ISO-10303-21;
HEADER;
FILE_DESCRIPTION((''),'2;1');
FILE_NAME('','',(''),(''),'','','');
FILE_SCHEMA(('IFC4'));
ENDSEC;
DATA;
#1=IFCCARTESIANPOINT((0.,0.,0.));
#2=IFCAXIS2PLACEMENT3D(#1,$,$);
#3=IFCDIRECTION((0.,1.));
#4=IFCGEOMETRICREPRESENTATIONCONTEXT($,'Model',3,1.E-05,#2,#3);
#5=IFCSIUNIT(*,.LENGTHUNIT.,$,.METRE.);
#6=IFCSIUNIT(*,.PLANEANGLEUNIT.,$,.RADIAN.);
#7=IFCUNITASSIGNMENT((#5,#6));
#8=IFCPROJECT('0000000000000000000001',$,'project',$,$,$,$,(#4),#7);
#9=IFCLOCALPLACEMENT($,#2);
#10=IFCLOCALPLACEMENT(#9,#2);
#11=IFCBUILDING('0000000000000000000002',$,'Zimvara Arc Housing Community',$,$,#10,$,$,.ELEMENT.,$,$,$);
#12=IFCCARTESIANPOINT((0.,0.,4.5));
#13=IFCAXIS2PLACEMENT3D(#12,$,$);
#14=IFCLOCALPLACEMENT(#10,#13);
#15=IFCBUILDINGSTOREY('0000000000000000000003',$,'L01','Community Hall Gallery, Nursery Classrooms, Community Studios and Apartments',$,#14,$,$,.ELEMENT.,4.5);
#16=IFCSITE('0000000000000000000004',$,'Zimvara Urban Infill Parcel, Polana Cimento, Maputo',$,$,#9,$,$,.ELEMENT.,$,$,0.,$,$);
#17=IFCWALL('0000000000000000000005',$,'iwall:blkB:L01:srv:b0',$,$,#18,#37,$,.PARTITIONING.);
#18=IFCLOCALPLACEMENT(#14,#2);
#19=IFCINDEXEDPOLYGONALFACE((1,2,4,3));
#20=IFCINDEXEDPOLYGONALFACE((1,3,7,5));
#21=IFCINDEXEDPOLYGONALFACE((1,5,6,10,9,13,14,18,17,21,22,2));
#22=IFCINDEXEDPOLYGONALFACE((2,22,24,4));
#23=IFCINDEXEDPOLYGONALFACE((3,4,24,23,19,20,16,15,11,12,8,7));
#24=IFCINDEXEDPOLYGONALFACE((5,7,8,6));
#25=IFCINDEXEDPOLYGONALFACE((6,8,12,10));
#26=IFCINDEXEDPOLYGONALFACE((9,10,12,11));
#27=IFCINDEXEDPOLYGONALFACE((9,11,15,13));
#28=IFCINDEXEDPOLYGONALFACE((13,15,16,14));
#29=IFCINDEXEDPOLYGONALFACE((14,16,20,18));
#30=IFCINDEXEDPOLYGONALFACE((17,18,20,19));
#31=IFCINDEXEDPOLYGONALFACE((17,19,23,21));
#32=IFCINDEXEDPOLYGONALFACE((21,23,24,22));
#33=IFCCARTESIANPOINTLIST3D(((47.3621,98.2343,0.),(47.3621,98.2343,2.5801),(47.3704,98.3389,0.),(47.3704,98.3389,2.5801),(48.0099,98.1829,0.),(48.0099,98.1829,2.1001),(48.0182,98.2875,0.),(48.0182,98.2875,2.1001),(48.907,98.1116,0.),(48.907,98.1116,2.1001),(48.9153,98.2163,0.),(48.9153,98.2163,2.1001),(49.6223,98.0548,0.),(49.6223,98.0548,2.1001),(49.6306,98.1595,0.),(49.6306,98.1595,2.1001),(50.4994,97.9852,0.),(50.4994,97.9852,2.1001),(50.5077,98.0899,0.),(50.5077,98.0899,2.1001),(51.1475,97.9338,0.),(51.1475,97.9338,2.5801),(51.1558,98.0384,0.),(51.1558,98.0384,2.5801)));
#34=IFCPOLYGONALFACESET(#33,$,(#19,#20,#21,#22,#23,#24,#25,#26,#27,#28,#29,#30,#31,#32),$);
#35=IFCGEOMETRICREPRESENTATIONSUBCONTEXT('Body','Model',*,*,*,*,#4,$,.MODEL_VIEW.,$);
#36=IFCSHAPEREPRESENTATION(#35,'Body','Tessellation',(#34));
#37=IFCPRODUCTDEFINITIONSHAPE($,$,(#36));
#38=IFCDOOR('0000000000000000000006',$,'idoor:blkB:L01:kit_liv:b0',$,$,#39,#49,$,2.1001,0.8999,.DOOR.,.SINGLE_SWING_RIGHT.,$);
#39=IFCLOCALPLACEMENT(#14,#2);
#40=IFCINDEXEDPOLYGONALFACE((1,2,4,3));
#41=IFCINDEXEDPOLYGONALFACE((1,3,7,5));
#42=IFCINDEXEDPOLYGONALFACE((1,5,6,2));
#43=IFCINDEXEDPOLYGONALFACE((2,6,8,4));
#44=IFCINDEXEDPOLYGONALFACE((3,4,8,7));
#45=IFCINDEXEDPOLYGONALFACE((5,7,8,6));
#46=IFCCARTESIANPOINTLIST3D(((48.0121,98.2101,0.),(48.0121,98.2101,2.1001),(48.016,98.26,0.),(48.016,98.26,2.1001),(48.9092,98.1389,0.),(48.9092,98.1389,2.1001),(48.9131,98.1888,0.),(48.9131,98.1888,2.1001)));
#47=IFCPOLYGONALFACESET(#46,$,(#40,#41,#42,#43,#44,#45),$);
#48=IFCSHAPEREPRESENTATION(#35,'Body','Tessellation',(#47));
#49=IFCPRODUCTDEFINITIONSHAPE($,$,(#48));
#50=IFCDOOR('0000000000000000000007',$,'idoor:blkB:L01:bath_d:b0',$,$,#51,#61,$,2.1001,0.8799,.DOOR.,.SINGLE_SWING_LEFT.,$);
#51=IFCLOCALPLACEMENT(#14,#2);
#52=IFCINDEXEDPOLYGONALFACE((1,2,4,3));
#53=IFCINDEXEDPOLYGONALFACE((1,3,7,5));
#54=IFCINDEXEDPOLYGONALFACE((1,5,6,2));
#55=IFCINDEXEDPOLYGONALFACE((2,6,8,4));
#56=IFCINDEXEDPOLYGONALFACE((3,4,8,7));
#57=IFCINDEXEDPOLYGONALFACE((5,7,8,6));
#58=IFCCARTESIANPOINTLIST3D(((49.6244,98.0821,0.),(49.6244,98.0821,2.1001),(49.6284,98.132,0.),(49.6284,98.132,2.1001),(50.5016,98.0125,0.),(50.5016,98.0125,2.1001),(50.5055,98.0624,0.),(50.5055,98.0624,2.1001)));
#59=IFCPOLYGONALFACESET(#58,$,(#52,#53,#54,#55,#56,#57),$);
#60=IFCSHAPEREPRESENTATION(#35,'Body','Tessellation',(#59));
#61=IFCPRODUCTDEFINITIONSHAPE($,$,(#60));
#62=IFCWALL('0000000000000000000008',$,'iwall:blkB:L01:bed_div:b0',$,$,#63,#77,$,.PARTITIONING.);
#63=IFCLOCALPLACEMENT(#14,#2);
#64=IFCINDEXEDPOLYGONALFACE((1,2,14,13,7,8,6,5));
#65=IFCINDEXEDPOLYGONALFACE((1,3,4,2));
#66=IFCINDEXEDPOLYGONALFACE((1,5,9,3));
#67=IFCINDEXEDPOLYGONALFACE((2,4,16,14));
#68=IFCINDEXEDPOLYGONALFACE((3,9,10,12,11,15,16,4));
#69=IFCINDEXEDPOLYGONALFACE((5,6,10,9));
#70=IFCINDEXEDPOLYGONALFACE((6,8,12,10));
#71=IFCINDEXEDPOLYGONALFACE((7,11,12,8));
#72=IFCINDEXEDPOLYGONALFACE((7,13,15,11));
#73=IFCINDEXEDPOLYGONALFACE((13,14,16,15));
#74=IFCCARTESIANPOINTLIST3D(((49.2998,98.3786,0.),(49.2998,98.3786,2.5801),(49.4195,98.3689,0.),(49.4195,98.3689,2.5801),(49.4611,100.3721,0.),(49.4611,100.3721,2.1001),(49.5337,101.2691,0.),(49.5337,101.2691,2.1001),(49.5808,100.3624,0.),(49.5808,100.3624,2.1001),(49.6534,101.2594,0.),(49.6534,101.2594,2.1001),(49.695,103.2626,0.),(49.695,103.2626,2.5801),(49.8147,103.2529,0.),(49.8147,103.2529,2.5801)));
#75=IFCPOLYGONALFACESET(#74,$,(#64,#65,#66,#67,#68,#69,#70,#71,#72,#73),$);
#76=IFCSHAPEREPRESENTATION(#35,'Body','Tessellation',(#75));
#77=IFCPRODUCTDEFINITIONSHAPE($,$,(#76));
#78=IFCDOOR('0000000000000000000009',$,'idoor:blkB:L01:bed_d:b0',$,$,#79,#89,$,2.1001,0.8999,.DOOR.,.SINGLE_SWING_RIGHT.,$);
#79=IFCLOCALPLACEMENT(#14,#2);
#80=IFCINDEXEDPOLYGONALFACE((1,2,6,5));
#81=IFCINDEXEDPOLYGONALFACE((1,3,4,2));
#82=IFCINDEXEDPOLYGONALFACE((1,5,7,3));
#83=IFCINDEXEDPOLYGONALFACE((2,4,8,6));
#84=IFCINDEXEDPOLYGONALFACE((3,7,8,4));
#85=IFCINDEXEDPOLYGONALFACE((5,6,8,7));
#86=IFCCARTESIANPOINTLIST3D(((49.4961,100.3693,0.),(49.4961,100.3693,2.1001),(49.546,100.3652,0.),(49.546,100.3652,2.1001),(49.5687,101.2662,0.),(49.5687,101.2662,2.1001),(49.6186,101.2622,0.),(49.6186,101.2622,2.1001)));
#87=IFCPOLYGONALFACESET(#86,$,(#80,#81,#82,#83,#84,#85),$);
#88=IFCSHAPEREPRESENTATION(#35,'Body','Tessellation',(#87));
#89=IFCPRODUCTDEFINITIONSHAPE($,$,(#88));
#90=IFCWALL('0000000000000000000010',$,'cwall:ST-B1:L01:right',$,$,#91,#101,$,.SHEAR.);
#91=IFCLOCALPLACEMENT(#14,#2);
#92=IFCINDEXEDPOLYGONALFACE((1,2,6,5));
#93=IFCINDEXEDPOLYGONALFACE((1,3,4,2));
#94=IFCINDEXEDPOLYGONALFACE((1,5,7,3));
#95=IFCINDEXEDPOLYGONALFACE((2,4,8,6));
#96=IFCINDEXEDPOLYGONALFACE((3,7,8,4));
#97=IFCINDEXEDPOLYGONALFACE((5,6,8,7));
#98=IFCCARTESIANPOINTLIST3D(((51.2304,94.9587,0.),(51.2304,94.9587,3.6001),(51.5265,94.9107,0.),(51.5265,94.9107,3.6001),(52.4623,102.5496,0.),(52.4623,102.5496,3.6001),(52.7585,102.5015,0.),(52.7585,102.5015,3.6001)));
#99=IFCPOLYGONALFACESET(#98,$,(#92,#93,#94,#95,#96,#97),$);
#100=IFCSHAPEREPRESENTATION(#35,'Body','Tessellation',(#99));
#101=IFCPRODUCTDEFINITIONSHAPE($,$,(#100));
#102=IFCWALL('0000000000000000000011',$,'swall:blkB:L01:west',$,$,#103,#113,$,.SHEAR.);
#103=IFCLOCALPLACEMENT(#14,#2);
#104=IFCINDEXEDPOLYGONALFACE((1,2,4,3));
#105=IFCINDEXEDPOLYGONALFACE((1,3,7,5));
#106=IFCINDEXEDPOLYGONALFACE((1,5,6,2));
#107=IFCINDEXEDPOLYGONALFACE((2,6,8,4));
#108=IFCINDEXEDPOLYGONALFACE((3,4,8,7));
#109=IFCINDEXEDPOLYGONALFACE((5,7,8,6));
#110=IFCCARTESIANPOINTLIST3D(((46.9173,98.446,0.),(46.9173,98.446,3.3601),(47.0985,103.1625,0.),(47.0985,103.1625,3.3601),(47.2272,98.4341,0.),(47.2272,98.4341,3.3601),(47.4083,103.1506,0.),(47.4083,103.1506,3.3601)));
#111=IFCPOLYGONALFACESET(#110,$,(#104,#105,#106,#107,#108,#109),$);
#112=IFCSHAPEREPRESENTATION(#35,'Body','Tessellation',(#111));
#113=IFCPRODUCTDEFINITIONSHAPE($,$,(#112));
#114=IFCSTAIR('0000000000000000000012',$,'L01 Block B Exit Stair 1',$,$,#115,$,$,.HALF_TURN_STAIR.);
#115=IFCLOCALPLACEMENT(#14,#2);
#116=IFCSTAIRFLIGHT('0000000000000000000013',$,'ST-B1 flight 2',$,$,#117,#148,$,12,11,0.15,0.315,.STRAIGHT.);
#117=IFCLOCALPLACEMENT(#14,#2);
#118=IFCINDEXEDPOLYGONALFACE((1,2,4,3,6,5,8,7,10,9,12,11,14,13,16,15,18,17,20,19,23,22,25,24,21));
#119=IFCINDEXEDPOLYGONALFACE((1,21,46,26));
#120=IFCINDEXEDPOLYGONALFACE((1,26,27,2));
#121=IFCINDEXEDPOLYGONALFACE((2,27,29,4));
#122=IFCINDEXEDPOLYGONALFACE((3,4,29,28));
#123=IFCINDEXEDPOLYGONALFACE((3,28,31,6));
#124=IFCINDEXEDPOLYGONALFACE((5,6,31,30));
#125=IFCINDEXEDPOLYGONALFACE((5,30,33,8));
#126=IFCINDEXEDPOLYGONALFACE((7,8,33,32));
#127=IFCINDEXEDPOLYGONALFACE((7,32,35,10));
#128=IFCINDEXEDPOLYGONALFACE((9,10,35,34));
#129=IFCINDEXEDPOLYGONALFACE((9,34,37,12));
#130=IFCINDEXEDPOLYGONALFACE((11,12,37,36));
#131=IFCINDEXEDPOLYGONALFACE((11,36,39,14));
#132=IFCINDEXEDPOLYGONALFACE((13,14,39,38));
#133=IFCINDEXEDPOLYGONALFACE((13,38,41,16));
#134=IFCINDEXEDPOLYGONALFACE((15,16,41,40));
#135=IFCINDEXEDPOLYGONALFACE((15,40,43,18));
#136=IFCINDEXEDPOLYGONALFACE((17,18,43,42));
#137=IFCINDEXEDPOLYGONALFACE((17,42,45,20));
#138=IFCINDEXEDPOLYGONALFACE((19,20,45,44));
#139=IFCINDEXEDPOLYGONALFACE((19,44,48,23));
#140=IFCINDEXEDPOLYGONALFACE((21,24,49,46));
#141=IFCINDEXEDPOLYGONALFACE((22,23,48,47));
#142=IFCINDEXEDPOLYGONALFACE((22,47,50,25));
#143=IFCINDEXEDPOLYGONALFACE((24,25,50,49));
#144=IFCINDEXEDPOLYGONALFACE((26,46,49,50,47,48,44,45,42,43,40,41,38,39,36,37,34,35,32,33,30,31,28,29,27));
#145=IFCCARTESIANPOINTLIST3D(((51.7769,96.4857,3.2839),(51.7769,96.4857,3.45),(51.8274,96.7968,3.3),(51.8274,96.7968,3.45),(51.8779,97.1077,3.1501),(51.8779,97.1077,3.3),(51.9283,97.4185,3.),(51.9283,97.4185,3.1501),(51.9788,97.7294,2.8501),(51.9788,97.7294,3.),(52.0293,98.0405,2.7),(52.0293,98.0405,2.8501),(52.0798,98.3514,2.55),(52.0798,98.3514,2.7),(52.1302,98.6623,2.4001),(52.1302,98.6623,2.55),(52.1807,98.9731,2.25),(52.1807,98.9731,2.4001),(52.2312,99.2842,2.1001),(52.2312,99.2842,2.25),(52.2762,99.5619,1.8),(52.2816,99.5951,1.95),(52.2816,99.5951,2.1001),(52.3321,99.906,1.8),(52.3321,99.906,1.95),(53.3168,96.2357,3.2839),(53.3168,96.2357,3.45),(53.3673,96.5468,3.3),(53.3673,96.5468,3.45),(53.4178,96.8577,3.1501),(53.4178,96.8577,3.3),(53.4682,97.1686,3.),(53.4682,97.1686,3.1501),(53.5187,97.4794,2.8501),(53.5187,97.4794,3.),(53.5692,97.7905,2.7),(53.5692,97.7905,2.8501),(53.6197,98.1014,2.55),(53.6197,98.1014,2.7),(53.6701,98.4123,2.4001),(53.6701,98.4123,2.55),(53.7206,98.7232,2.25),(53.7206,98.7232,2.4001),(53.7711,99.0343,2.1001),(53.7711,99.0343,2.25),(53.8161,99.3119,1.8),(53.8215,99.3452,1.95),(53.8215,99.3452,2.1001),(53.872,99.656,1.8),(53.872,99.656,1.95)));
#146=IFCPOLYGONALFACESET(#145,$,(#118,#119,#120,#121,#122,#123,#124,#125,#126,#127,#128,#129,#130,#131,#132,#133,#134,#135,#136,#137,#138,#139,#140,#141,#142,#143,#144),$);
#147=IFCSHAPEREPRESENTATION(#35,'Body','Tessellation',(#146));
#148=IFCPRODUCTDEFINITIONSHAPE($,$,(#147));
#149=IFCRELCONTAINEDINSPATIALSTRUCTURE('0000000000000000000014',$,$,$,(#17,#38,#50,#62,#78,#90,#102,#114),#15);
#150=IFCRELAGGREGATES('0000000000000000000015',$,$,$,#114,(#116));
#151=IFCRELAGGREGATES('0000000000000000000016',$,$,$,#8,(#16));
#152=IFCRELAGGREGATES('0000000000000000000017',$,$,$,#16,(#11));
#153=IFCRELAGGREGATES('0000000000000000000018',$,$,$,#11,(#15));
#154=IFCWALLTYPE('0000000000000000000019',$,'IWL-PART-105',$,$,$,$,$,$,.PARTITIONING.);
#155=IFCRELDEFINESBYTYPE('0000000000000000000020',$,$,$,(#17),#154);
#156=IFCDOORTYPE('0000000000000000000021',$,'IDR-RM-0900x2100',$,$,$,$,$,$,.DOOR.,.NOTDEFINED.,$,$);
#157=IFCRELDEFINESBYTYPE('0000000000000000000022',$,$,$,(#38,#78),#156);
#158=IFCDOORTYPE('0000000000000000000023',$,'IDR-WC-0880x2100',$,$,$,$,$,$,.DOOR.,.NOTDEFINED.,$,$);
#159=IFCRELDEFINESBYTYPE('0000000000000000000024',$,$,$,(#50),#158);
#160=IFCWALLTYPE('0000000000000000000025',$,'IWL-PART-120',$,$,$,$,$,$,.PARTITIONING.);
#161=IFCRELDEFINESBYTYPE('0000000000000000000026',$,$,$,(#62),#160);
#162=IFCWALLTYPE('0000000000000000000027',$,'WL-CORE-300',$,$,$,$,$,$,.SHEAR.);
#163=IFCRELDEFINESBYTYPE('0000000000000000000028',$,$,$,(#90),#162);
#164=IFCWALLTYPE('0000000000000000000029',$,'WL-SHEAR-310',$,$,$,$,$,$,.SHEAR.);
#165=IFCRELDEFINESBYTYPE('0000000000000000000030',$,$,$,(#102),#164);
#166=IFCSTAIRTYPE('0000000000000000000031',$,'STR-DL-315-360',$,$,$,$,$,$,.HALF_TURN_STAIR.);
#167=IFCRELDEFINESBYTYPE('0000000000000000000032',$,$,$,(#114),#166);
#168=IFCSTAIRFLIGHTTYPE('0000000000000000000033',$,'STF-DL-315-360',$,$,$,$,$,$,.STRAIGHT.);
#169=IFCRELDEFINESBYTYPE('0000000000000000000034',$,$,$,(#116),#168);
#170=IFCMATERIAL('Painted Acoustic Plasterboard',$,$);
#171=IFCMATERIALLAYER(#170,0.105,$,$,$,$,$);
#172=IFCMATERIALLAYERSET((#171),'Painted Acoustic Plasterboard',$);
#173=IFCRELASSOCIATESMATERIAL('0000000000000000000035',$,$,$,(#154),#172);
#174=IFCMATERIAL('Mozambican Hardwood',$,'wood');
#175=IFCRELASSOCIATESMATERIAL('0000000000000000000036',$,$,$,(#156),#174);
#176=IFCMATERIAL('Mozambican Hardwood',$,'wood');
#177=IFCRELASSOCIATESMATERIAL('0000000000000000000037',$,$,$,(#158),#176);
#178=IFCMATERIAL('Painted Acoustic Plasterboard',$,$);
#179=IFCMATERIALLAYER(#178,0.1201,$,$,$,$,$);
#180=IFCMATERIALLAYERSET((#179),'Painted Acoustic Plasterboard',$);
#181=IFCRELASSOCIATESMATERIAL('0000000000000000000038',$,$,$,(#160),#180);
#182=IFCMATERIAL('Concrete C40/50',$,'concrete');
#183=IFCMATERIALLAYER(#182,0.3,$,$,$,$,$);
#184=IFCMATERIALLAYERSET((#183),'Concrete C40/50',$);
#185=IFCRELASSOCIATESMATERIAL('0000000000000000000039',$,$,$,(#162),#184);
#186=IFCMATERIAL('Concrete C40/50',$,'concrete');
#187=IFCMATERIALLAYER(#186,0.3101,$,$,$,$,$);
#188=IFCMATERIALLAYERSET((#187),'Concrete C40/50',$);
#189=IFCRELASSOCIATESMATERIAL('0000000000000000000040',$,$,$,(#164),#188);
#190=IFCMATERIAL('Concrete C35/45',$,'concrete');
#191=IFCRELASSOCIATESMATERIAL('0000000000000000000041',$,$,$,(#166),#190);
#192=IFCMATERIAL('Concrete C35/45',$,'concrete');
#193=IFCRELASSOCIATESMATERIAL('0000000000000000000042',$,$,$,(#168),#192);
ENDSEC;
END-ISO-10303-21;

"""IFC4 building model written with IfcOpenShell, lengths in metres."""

from ifc_helpers import new_model, si_unit, direction, frame, frame_2d, origin, place, context, subcontext, project, spatial, polyline, rectangle, outline, extrude, material, layer, layer_set, type_object, element, fill, aggregate, save


model = new_model("IFC4")

# Units and contexts
model_context = context("Model", 3, precision=1e-05, world=origin(), true_north=direction((0.0, 1.0)))
body_context = subcontext(model_context, "Body", "Model", "MODEL_VIEW")
ifc_project = project(units=[si_unit("LENGTHUNIT", "METRE"), si_unit("PLANEANGLEUNIT", "RADIAN")], contexts=[model_context])

# Site, building, storey
site_placement = place(None, origin())
site = spatial("IfcSite", under=ifc_project, at=site_placement, Name="Zimvara Urban Infill Parcel, Polana Cimento, Maputo", CompositionType="ELEMENT", RefElevation=0.0)
building_placement = place(site_placement, origin())
building = spatial("IfcBuilding", under=site, at=building_placement, Name="Zimvara Arc Housing Community", CompositionType="ELEMENT")
storey_placement = place(building_placement, frame((0.0, 0.0, 4.5)))
storey = spatial("IfcBuildingStorey", under=building, at=storey_placement, Name="L01", Description="Community Hall Gallery, Nursery Classrooms, Community Studios and Apartments", CompositionType="ELEMENT", Elevation=4.5)

# Wall, openings, doors
ifc_material_1 = material(Name="Painted Acoustic Plasterboard")
ifc_layer_1 = layer(ifc_material_1, 0.105)
ifc_layer_set_1 = layer_set([ifc_layer_1], Name="Painted Acoustic Plasterboard")
wall_type_1 = type_object("IfcWallType", Name="IWL-PART-105", PredefinedType="PARTITIONING", material=ifc_layer_set_1)
wall_1_placement = place(storey_placement, frame((47.3662, 98.2866, 0.0), z_axis=(0.0, 0.0, 1.0), x_axis=(0.996863, -0.079145, 0.0)))
wall_1 = element("IfcWall", 1, at=wall_1_placement, inside=storey, type_object=wall_type_1, Name="iwall:blkB:L01:srv:b0", PredefinedType="PARTITIONING", context=body_context, shape_type="SweptSolid", body=[
    extrude(rectangle(XDim=3.7974, YDim=0.105, at=frame_2d((1.8987, 0.0))), origin(), (0.0, 0.0, 1.0), 2.5801),
])
opening_1_placement = place(wall_1_placement, frame((0.6499, 0.0, 0.0)))
opening_1 = element("IfcOpeningElement", 2, at=opening_1_placement, cuts=wall_1, PredefinedType="OPENING", context=body_context, shape_type="SweptSolid", body=[
    extrude(rectangle(XDim=0.8999, YDim=2.1001, at=frame_2d((0.45, 1.05))), frame((0.0, 0.0625, 0.0), z_axis=(0.0, -1.0, 0.0), x_axis=(1.0, 0.0, 0.0)), (0.0, 0.0, 1.0), 0.125),
])
opening_2_placement = place(wall_1_placement, frame((2.2673, 0.0, 0.0)))
opening_2 = element("IfcOpeningElement", 3, at=opening_2_placement, cuts=wall_1, PredefinedType="OPENING", context=body_context, shape_type="SweptSolid", body=[
    extrude(rectangle(XDim=0.8799, YDim=2.1001, at=frame_2d((0.4399, 1.05))), frame((0.0, 0.0625, 0.0), z_axis=(0.0, -1.0, 0.0), x_axis=(1.0, 0.0, 0.0)), (0.0, 0.0, 1.0), 0.125),
])
ifc_material_2 = material(Name="Mozambican Hardwood", Category="wood")
door_type_1 = type_object("IfcDoorType", Name="IDR-RM-0900x2100", OperationType="NOTDEFINED", PredefinedType="DOOR", material=ifc_material_2)
door_1_placement = place(opening_1_placement, origin())
door_1 = element("IfcDoor", 4, at=door_1_placement, inside=storey, type_object=door_type_1, Name="idoor:blkB:L01:kit_liv:b0", OperationType="SINGLE_SWING_RIGHT", OverallHeight=2.1001, OverallWidth=0.8999, PredefinedType="DOOR", context=body_context, shape_type="SweptSolid", body=[
    extrude(rectangle(XDim=0.8999, YDim=2.1001, at=frame_2d((0.45, 1.05))), frame((0.0, 0.0249, 0.0), z_axis=(0.0, -1.0, 0.0), x_axis=(1.0, 0.0, 0.0)), (0.0, 0.0, 1.0), 0.05),
])
fill(opening_1, door_1)
ifc_material_3 = material(Name="Mozambican Hardwood", Category="wood")
door_type_2 = type_object("IfcDoorType", Name="IDR-WC-0880x2100", OperationType="NOTDEFINED", PredefinedType="DOOR", material=ifc_material_3)
door_2_placement = place(opening_2_placement, origin())
door_2 = element("IfcDoor", 5, at=door_2_placement, inside=storey, type_object=door_type_2, Name="idoor:blkB:L01:bath_d:b0", OperationType="SINGLE_SWING_LEFT", OverallHeight=2.1001, OverallWidth=0.8799, PredefinedType="DOOR", context=body_context, shape_type="SweptSolid", body=[
    extrude(rectangle(XDim=0.8799, YDim=2.1001, at=frame_2d((0.4399, 1.05))), frame((0.0, 0.0249, 0.0), z_axis=(0.0, -1.0, 0.0), x_axis=(1.0, 0.0, 0.0)), (0.0, 0.0, 1.0), 0.05),
])
fill(opening_2, door_2)

# Wall, opening, door
ifc_material_4 = material(Name="Painted Acoustic Plasterboard")
ifc_layer_2 = layer(ifc_material_4, 0.1201)
ifc_layer_set_2 = layer_set([ifc_layer_2], Name="Painted Acoustic Plasterboard")
wall_type_2 = type_object("IfcWallType", Name="IWL-PART-120", PredefinedType="PARTITIONING", material=ifc_layer_set_2)
wall_2_placement = place(storey_placement, frame((49.3596, 98.3738, 0.0), z_axis=(0.0, 0.0, 1.0), x_axis=(0.080666, 0.996741, 0.0)))
wall_2 = element("IfcWall", 6, at=wall_2_placement, inside=storey, type_object=wall_type_2, Name="iwall:blkB:L01:bed_div:b0", PredefinedType="PARTITIONING", context=body_context, shape_type="SweptSolid", body=[
    extrude(rectangle(XDim=4.8999, YDim=0.1201, at=frame_2d((2.45, 0.0))), origin(), (0.0, 0.0, 1.0), 2.5801),
])
opening_3_placement = place(wall_2_placement, frame((2.0, 0.0, 0.0)))
opening_3 = element("IfcOpeningElement", 7, at=opening_3_placement, cuts=wall_2, PredefinedType="OPENING", context=body_context, shape_type="SweptSolid", body=[
    extrude(rectangle(XDim=0.8999, YDim=2.1001, at=frame_2d((0.45, 1.05))), frame((0.0, 0.0701, 0.0), z_axis=(0.0, -1.0, 0.0), x_axis=(1.0, 0.0, 0.0)), (0.0, 0.0, 1.0), 0.1401),
])
door_3_placement = place(opening_3_placement, origin())
door_3 = element("IfcDoor", 8, at=door_3_placement, inside=storey, type_object=door_type_1, Name="idoor:blkB:L01:bed_d:b0", OperationType="SINGLE_SWING_RIGHT", OverallHeight=2.1001, OverallWidth=0.8999, PredefinedType="DOOR", context=body_context, shape_type="SweptSolid", body=[
    extrude(rectangle(XDim=0.8999, YDim=2.1001, at=frame_2d((0.45, 1.05))), frame((0.0, 0.0249, 0.0), z_axis=(0.0, -1.0, 0.0), x_axis=(1.0, 0.0, 0.0)), (0.0, 0.0, 1.0), 0.05),
])
fill(opening_3, door_3)

# Walls
ifc_material_5 = material(Name="Concrete C40/50", Category="concrete")
ifc_layer_3 = layer(ifc_material_5, 0.3)
ifc_layer_set_3 = layer_set([ifc_layer_3], Name="Concrete C40/50")
wall_type_3 = type_object("IfcWallType", Name="WL-CORE-300", PredefinedType="SHEAR", material=ifc_layer_set_3)
wall_3_placement = place(storey_placement, frame((51.3784, 94.9346, 0.0), z_axis=(0.0, 0.0, 1.0), x_axis=(0.160197, 0.987085, 0.0)))
element("IfcWall", 9, at=wall_3_placement, inside=storey, type_object=wall_type_3, Name="cwall:ST-B1:L01:right", PredefinedType="SHEAR", context=body_context, shape_type="SweptSolid", body=[
    extrude(rectangle(XDim=7.6902, YDim=0.3, at=frame_2d((3.8452, 0.0))), origin(), (0.0, 0.0, 1.0), 3.6001),
])
ifc_material_6 = material(Name="Concrete C40/50", Category="concrete")
ifc_layer_4 = layer(ifc_material_6, 0.3101)
ifc_layer_set_4 = layer_set([ifc_layer_4], Name="Concrete C40/50")
wall_type_4 = type_object("IfcWallType", Name="WL-SHEAR-310", PredefinedType="SHEAR", material=ifc_layer_set_4)
wall_4_placement = place(storey_placement, frame((47.0723, 98.4402, 0.0), z_axis=(0.0, 0.0, 1.0), x_axis=(0.038379, 0.999263, 0.0)))
element("IfcWall", 10, at=wall_4_placement, inside=storey, type_object=wall_type_4, Name="swall:blkB:L01:west", PredefinedType="SHEAR", context=body_context, shape_type="SweptSolid", body=[
    extrude(rectangle(XDim=4.72, YDim=0.3101, at=frame_2d((2.3599, 0.0))), origin(), (0.0, 0.0, 1.0), 3.3601),
])

# Stair, stair flight
ifc_material_7 = material(Name="Concrete C35/45", Category="concrete")
stair_type = type_object("IfcStairType", Name="STR-DL-315-360", PredefinedType="HALF_TURN_STAIR", material=ifc_material_7)
stair_placement = place(storey_placement, origin())
stair = element("IfcStair", 11, at=stair_placement, inside=storey, type_object=stair_type, Name="L01 Block B Exit Stair 1", PredefinedType="HALF_TURN_STAIR")
ifc_material_8 = material(Name="Concrete C35/45", Category="concrete")
stair_flight_type = type_object("IfcStairFlightType", Name="STF-DL-315-360", PredefinedType="STRAIGHT", material=ifc_material_8)
stair_flight_placement = place(storey_placement, frame((53.1021, 99.781, 1.8), z_axis=(0.0, 0.0, 1.0), x_axis=(-0.160226, -0.98708, 0.0)))
stair_flight = element("IfcStairFlight", 12, at=stair_flight_placement, type_object=stair_flight_type, Name="ST-B1 flight 2", NumberOfRisers=12, NumberOfTreads=11, PredefinedType="STRAIGHT", RiserHeight=0.15, TreadLength=0.315, context=body_context, shape_type="SweptSolid", body=[
    extrude(outline(polyline([(0.0, 0.0), (0.0, 0.1499), (0.3149, 0.1499), (0.3149, 0.3), (0.6299, 0.3), (0.6299, 0.45), (0.9451, 0.45), (0.9451, 0.6001), (1.26, 0.6001), (1.26, 0.75), (1.575, 0.75), (1.575, 0.8999), (1.8899, 0.8999), (1.8899, 1.05), (2.2051, 1.05), (2.2051, 1.2), (2.52, 1.2), (2.52, 1.3501), (2.835, 1.3501), (2.835, 1.5), (3.1499, 1.5), (3.1499, 1.6499), (3.4651, 1.6499), (3.4651, 1.8), (3.4651, 1.4839), (0.3486, 0.0), (0.0, 0.0)])), frame((0.0, 0.78, 0.0), z_axis=(0.0, -1.0, 0.0), x_axis=(1.0, 0.0, 0.0)), (0.0, 0.0, 1.0), 1.5601),
])
aggregate(stair, [stair_flight])

save(model, "model.ifc")
